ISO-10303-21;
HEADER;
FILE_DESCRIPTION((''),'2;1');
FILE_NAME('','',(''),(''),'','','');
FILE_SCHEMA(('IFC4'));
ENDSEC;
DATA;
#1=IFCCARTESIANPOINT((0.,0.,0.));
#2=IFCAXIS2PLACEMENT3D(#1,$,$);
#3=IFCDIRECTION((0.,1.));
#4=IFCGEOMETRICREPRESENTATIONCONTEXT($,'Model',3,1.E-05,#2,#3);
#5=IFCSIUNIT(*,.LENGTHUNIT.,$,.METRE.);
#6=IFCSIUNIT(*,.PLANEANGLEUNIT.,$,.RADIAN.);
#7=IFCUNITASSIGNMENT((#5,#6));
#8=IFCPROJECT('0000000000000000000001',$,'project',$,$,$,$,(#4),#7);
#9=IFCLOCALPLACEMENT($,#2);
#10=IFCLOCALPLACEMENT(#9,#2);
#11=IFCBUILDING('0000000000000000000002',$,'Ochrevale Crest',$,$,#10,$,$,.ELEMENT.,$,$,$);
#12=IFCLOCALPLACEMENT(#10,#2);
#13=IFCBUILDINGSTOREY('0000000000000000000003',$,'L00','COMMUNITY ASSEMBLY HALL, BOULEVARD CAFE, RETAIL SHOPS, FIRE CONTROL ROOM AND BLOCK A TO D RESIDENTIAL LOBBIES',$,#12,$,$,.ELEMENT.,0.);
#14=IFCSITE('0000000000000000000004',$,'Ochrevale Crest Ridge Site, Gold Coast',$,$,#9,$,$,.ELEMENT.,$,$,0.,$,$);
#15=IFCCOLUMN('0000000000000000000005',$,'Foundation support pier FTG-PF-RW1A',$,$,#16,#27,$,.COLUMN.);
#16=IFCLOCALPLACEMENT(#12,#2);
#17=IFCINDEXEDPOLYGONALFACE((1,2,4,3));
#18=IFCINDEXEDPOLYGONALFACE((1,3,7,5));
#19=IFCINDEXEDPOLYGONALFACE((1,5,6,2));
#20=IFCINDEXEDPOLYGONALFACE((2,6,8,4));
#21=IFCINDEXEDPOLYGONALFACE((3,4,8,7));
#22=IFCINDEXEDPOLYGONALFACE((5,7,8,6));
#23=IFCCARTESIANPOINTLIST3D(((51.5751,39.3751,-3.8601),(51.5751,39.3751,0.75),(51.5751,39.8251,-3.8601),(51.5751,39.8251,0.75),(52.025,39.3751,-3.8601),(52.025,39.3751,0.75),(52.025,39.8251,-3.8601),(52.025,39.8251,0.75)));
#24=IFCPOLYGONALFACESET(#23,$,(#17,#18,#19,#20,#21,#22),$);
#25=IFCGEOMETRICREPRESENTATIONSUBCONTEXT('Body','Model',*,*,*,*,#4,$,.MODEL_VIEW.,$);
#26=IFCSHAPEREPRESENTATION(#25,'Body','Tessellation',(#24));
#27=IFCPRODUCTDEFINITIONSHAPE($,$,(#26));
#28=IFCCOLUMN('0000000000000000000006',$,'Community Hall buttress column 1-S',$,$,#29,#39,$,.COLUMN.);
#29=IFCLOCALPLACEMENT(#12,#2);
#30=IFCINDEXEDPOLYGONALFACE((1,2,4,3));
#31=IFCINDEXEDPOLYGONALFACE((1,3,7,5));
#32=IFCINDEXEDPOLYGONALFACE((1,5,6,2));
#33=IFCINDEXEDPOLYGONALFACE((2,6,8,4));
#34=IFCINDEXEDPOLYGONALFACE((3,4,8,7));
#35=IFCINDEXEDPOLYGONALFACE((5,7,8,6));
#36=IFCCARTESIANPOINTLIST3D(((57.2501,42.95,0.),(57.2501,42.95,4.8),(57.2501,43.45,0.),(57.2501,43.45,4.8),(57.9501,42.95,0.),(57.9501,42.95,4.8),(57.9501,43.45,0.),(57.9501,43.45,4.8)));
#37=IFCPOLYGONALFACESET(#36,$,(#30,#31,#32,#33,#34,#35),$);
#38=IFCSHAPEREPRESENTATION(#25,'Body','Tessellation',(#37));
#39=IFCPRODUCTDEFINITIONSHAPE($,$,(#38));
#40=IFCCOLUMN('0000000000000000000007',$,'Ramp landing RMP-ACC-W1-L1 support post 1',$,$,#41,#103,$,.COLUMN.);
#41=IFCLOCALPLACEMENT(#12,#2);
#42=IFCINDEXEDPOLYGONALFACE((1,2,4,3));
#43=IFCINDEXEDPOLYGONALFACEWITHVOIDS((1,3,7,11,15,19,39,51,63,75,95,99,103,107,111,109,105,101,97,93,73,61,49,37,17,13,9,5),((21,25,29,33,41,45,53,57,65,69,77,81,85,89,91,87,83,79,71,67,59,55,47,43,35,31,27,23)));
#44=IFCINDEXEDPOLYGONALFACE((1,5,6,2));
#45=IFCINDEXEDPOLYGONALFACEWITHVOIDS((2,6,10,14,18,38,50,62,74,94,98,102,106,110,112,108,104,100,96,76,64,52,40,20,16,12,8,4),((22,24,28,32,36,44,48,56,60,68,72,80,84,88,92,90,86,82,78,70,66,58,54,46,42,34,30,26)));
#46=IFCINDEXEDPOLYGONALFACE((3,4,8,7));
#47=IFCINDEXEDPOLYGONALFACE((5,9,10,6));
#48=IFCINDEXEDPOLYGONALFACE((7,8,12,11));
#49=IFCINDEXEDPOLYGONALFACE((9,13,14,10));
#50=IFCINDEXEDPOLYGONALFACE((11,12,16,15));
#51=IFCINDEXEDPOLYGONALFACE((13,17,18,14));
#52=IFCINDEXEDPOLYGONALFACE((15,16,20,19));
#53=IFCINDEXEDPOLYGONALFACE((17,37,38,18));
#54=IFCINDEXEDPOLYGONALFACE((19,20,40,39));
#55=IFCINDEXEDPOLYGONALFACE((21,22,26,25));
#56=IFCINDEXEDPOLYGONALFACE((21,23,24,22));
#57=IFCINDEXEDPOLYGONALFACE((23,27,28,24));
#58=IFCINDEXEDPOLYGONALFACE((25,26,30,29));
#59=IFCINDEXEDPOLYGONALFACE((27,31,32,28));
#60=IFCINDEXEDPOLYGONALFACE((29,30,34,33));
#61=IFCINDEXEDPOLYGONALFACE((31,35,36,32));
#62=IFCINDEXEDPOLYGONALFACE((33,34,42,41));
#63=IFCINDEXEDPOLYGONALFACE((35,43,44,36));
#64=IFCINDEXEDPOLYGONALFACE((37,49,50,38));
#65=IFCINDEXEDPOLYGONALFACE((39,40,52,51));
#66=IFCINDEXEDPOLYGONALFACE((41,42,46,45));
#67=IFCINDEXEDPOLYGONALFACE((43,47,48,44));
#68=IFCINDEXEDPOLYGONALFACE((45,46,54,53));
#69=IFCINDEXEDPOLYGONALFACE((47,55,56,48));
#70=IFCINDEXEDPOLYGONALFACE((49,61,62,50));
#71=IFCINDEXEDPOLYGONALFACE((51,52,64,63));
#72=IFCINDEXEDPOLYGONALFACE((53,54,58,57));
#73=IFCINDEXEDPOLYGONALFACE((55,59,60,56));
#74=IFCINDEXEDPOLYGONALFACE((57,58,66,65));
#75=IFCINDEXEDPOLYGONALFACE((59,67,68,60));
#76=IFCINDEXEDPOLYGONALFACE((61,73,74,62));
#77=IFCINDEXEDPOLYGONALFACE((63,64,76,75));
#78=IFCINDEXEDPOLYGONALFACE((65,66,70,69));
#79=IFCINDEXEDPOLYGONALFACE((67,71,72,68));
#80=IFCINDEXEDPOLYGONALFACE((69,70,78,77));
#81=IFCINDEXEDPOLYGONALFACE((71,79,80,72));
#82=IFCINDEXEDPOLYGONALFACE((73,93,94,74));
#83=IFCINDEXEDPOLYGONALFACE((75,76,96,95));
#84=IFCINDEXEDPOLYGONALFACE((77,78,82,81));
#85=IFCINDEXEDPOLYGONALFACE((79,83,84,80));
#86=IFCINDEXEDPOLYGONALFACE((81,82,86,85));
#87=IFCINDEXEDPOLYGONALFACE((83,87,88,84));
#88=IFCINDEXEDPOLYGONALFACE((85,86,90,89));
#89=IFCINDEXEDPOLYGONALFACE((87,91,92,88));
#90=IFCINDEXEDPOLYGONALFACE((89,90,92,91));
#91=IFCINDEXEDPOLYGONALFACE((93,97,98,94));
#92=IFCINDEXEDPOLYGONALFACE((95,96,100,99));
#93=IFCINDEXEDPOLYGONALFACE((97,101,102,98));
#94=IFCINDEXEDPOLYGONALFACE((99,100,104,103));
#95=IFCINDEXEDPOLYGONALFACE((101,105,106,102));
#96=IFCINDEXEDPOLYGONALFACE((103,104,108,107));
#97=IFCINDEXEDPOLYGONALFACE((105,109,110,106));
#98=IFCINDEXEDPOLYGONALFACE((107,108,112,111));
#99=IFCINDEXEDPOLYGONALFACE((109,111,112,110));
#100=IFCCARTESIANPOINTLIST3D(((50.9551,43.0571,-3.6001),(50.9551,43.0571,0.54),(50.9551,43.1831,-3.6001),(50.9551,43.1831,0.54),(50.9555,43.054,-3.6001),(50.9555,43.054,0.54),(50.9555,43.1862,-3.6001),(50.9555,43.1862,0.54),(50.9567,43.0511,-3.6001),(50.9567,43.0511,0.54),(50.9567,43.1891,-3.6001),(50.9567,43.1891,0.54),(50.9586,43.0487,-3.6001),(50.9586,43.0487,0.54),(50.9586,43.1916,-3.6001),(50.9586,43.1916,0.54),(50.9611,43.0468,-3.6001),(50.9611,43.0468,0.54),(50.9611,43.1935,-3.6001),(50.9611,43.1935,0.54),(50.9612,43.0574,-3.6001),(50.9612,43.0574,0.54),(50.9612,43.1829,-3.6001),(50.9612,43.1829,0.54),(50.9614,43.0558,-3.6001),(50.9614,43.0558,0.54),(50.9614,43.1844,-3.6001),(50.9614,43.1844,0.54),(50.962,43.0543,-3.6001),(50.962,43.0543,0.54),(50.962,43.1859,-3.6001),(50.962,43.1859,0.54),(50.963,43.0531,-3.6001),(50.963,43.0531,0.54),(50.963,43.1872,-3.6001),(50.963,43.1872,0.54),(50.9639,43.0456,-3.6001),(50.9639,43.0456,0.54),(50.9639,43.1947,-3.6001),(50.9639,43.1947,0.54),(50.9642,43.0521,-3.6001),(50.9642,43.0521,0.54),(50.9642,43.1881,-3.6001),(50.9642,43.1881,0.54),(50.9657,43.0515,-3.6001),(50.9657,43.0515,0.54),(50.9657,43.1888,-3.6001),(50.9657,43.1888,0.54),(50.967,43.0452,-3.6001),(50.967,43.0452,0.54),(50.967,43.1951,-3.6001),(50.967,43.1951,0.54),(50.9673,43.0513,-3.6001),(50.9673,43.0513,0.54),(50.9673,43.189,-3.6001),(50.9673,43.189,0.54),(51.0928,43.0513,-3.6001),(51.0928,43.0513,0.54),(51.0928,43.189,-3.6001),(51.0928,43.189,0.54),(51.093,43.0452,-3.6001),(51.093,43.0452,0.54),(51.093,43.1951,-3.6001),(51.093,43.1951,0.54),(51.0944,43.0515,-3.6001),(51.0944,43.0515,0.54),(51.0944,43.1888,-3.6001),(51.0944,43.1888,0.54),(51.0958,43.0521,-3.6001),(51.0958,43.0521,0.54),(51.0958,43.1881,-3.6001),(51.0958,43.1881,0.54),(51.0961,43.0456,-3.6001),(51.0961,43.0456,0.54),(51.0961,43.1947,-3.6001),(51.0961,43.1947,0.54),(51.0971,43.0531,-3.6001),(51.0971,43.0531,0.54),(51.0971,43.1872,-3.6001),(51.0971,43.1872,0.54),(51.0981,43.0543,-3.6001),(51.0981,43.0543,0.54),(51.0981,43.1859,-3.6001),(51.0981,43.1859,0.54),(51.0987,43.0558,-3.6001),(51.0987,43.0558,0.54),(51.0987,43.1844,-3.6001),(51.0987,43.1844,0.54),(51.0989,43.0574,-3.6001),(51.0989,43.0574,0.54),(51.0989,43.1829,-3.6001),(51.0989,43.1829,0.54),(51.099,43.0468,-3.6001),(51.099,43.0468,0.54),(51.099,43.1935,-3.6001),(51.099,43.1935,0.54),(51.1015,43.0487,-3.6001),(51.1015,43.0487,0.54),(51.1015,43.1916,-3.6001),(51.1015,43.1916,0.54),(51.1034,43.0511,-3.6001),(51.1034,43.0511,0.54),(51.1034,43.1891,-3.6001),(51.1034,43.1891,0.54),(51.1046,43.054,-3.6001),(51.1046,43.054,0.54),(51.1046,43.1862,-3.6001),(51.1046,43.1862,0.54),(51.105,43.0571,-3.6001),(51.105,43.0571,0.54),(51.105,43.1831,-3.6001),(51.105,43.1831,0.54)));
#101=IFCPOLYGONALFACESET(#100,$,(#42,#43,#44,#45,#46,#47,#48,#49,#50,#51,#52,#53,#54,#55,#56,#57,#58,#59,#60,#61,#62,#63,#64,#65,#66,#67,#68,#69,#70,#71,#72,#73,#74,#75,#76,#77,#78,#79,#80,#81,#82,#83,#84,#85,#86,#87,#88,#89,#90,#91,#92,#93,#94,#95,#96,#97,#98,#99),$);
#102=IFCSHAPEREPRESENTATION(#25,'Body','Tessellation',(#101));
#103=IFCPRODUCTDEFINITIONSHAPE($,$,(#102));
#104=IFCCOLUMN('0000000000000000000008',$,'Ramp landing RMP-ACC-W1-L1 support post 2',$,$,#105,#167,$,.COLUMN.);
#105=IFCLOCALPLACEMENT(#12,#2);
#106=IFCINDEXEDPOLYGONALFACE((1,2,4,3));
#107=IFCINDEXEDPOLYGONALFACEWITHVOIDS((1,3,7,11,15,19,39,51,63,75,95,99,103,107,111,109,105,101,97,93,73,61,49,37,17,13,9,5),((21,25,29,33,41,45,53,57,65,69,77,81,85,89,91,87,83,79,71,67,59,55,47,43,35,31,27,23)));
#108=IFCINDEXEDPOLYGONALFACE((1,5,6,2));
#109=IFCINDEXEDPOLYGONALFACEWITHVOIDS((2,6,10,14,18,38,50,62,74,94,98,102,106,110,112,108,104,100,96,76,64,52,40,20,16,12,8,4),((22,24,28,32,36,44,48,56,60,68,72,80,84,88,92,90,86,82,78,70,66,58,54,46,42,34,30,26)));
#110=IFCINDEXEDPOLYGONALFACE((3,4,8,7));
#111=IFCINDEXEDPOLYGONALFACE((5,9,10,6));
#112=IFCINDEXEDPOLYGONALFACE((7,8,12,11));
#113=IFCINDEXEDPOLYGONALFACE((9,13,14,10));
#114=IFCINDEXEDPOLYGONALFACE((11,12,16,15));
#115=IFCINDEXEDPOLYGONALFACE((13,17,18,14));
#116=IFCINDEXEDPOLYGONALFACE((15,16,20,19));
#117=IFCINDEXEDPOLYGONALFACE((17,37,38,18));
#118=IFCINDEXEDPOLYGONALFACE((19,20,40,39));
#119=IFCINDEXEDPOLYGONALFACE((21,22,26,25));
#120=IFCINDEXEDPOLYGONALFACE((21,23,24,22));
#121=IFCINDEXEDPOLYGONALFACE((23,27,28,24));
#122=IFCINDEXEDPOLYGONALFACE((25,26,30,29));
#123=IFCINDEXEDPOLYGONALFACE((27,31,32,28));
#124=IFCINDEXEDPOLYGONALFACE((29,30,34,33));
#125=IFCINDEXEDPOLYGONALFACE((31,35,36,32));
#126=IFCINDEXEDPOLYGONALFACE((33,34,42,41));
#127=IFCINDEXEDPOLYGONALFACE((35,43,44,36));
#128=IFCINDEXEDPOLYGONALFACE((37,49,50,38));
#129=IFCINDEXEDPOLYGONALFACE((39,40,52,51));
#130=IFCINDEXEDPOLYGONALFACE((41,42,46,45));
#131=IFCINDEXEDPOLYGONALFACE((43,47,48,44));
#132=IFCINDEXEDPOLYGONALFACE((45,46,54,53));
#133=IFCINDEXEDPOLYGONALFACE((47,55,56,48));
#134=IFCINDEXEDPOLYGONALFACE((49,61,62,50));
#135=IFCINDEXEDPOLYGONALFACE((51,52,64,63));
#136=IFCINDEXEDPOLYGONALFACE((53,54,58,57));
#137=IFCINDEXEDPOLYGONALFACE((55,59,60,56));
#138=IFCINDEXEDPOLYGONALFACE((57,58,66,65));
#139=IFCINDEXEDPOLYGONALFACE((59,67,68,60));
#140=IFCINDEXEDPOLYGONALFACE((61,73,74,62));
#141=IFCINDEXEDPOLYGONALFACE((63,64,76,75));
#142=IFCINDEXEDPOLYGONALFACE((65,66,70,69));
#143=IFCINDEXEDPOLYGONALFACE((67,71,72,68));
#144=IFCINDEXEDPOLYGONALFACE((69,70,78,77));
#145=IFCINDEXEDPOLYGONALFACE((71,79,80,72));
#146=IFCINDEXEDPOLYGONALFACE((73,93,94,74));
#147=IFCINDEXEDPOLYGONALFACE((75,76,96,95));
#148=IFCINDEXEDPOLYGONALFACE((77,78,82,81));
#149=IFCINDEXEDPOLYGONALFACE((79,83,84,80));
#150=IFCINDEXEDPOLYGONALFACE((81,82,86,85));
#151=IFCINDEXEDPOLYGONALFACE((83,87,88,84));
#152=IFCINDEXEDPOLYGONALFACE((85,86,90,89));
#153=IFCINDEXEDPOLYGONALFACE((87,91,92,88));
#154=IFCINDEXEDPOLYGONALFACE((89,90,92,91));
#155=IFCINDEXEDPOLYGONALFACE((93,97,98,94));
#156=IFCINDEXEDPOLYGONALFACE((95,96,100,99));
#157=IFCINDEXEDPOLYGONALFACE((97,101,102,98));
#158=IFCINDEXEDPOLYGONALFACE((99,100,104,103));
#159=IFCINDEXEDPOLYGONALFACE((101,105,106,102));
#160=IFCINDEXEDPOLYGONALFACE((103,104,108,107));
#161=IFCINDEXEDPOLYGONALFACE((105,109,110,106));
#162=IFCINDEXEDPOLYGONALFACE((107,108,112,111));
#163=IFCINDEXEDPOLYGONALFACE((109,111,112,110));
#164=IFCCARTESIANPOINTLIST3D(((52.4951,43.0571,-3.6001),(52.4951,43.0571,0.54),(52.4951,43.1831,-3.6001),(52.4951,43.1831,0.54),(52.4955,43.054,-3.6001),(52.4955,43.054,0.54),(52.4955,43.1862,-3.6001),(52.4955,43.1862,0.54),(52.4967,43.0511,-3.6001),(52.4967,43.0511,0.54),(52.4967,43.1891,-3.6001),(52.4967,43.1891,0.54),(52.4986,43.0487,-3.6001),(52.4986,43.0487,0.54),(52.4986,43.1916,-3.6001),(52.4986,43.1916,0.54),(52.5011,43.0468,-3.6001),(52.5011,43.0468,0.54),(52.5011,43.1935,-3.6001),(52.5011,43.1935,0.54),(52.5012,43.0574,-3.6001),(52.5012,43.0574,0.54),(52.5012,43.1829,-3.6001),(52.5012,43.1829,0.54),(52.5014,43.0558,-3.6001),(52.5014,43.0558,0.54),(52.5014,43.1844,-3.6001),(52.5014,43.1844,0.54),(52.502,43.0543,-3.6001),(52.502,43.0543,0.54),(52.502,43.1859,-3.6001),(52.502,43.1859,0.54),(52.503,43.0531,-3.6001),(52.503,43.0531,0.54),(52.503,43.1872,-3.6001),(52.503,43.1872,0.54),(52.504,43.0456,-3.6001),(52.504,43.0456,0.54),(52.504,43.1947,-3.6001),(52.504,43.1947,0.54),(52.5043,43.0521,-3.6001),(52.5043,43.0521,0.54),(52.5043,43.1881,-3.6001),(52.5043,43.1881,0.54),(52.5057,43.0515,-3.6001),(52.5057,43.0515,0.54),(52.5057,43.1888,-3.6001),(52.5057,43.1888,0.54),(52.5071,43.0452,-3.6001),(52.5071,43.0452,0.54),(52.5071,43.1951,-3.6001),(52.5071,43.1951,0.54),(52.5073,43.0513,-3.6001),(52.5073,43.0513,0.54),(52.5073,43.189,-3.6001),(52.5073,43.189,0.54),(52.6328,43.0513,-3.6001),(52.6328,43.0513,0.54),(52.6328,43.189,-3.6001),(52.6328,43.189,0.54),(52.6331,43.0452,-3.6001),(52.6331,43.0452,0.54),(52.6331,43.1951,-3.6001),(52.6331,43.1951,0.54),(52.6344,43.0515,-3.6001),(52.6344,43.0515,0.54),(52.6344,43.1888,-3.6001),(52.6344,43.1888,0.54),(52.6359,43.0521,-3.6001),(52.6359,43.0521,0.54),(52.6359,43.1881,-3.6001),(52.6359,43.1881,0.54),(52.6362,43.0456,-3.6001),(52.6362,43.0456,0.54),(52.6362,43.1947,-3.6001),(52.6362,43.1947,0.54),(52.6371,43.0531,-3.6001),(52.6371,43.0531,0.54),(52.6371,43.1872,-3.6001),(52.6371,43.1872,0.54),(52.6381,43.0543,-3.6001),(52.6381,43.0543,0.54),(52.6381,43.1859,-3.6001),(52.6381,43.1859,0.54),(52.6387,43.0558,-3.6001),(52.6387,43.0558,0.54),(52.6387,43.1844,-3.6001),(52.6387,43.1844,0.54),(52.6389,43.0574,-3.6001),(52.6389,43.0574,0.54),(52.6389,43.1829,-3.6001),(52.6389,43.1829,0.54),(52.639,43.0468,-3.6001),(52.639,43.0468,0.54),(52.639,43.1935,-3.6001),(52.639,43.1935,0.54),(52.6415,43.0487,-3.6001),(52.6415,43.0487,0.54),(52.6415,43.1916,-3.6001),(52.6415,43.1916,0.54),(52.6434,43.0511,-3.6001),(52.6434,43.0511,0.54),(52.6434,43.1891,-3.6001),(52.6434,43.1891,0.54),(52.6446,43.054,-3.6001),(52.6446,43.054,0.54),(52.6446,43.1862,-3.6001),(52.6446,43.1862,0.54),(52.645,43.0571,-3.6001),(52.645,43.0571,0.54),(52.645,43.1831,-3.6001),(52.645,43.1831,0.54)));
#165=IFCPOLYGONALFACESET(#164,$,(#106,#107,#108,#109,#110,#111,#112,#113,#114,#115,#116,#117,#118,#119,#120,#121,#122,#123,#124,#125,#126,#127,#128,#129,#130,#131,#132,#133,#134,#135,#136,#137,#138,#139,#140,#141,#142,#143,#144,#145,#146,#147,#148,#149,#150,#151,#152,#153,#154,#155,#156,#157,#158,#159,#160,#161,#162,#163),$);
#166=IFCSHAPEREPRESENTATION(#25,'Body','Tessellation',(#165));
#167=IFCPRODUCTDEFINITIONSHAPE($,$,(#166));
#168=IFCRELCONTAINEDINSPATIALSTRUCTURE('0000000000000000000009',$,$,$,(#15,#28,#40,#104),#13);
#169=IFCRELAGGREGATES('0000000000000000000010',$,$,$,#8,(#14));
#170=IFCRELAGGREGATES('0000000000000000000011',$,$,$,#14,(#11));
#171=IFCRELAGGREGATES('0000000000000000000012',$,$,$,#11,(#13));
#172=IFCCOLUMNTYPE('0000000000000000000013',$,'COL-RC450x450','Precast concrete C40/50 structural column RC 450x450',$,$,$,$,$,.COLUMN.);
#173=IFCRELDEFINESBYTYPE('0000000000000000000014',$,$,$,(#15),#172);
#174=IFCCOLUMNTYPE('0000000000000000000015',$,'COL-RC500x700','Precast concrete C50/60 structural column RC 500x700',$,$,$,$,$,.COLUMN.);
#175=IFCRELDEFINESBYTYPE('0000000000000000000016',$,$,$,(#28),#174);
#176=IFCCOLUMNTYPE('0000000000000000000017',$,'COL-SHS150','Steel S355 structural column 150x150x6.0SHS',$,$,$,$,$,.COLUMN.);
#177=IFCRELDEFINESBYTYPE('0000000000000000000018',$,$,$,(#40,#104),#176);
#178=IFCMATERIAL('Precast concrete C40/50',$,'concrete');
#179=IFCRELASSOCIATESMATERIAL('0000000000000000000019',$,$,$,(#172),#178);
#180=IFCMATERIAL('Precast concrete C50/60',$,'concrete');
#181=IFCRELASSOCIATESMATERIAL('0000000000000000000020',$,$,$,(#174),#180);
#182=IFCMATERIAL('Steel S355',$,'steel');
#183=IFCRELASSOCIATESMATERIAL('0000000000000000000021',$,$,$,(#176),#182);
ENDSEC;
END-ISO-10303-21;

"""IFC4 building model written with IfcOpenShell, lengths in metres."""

from ifc_helpers import new_model, si_unit, direction, frame, origin, origin_2d, place, context, subcontext, project, spatial, rectangle, hollow_rectangle, extrude, material, material_profile, profile_set, type_object, element, save


model = new_model("IFC4")

# Units and contexts
model_context = context("Model", 3, precision=1e-05, world=origin(), true_north=direction((0.0, 1.0)))
body_context = subcontext(model_context, "Body", "Model", "MODEL_VIEW")
ifc_project = project(units=[si_unit("LENGTHUNIT", "METRE"), si_unit("PLANEANGLEUNIT", "RADIAN")], contexts=[model_context])

# Site, building, storey
site_placement = place(None, origin())
site = spatial("IfcSite", under=ifc_project, at=site_placement, Name="Ochrevale Crest Ridge Site, Gold Coast", CompositionType="ELEMENT", RefElevation=0.0)
building_placement = place(site_placement, origin())
building = spatial("IfcBuilding", under=site, at=building_placement, Name="Ochrevale Crest", CompositionType="ELEMENT")
storey_placement = place(building_placement, origin())
storey = spatial("IfcBuildingStorey", under=building, at=storey_placement, Name="L00", Description="COMMUNITY ASSEMBLY HALL, BOULEVARD CAFE, RETAIL SHOPS, FIRE CONTROL ROOM AND BLOCK A TO D RESIDENTIAL LOBBIES", CompositionType="ELEMENT", Elevation=0.0)

# Columns
ifc_material_1 = material(Name="Precast concrete C40/50", Category="concrete")
ifc_material_profile_1 = material_profile(ifc_material_1, rectangle(XDim=0.45, YDim=0.45, at=origin_2d()), Name="RC 450x450")
ifc_profile_set_1 = profile_set([ifc_material_profile_1], Name="Precast concrete C40/50")
column_type_1 = type_object("IfcColumnType", Name="COL-RC450x450", Description="Precast concrete C40/50 structural column RC 450x450", PredefinedType="COLUMN", material=ifc_profile_set_1)
column_1_placement = place(storey_placement, frame((51.8, 39.6001, -3.8601), z_axis=(0.0, 0.0, 1.0), x_axis=(1.0, 0.0, 0.0)))
element("IfcColumn", 1, at=column_1_placement, inside=storey, type_object=column_type_1, Name="Foundation support pier FTG-PF-RW1A", PredefinedType="COLUMN", context=body_context, shape_type="SweptSolid", body=[
    extrude(rectangle(XDim=0.45, YDim=0.45, at=origin_2d()), origin(), (0.0, 0.0, 1.0), 4.6101),
])
ifc_material_2 = material(Name="Precast concrete C50/60", Category="concrete")
ifc_material_profile_2 = material_profile(ifc_material_2, rectangle(XDim=0.5, YDim=0.7, at=origin_2d()), Name="RC 500x700")
ifc_profile_set_2 = profile_set([ifc_material_profile_2], Name="Precast concrete C50/60")
column_type_2 = type_object("IfcColumnType", Name="COL-RC500x700", Description="Precast concrete C50/60 structural column RC 500x700", PredefinedType="COLUMN", material=ifc_profile_set_2)
column_2_placement = place(storey_placement, frame((57.6001, 43.2, 0.0), z_axis=(0.0, 0.0, 1.0), x_axis=(0.0, 1.0, 0.0)))
element("IfcColumn", 2, at=column_2_placement, inside=storey, type_object=column_type_2, Name="Community Hall buttress column 1-S", PredefinedType="COLUMN", context=body_context, shape_type="SweptSolid", body=[
    extrude(rectangle(XDim=0.5, YDim=0.7, at=origin_2d()), origin(), (0.0, 0.0, 1.0), 4.8),
])
ifc_material_3 = material(Name="Steel S355", Category="steel")
ifc_material_profile_3 = material_profile(ifc_material_3, hollow_rectangle(XDim=0.1499, YDim=0.1499, WallThickness=0.0061, InnerFilletRadius=0.0061, OuterFilletRadius=0.012, at=origin_2d()), Name="150x150x6.0SHS")
ifc_profile_set_3 = profile_set([ifc_material_profile_3], Name="Steel S355")
column_type_3 = type_object("IfcColumnType", Name="COL-SHS150", Description="Steel S355 structural column 150x150x6.0SHS", PredefinedType="COLUMN", material=ifc_profile_set_3)
for number, where, z_axis, x_axis, name in (
    (3, (51.03, 43.1201, -3.6001), (0.0, 0.0, 1.0), (1.0, 0.0, 0.0), "Ramp landing RMP-ACC-W1-L1 support post 1"),
    (4, (52.5701, 43.1201, -3.6001), (0.0, 0.0, 1.0), (1.0, 0.0, 0.0), "Ramp landing RMP-ACC-W1-L1 support post 2"),
):
    element("IfcColumn", number, at=place(storey_placement, frame(where, z_axis=z_axis, x_axis=x_axis)), inside=storey, type_object=column_type_3, Name=name, PredefinedType="COLUMN", context=body_context, shape_type="SweptSolid", body=[
        extrude(hollow_rectangle(XDim=0.1499, YDim=0.1499, WallThickness=0.0061, InnerFilletRadius=0.0061, OuterFilletRadius=0.012, at=origin_2d()), origin(), (0.0, 0.0, 1.0), 4.1401),
    ])

save(model, "model.ifc")
